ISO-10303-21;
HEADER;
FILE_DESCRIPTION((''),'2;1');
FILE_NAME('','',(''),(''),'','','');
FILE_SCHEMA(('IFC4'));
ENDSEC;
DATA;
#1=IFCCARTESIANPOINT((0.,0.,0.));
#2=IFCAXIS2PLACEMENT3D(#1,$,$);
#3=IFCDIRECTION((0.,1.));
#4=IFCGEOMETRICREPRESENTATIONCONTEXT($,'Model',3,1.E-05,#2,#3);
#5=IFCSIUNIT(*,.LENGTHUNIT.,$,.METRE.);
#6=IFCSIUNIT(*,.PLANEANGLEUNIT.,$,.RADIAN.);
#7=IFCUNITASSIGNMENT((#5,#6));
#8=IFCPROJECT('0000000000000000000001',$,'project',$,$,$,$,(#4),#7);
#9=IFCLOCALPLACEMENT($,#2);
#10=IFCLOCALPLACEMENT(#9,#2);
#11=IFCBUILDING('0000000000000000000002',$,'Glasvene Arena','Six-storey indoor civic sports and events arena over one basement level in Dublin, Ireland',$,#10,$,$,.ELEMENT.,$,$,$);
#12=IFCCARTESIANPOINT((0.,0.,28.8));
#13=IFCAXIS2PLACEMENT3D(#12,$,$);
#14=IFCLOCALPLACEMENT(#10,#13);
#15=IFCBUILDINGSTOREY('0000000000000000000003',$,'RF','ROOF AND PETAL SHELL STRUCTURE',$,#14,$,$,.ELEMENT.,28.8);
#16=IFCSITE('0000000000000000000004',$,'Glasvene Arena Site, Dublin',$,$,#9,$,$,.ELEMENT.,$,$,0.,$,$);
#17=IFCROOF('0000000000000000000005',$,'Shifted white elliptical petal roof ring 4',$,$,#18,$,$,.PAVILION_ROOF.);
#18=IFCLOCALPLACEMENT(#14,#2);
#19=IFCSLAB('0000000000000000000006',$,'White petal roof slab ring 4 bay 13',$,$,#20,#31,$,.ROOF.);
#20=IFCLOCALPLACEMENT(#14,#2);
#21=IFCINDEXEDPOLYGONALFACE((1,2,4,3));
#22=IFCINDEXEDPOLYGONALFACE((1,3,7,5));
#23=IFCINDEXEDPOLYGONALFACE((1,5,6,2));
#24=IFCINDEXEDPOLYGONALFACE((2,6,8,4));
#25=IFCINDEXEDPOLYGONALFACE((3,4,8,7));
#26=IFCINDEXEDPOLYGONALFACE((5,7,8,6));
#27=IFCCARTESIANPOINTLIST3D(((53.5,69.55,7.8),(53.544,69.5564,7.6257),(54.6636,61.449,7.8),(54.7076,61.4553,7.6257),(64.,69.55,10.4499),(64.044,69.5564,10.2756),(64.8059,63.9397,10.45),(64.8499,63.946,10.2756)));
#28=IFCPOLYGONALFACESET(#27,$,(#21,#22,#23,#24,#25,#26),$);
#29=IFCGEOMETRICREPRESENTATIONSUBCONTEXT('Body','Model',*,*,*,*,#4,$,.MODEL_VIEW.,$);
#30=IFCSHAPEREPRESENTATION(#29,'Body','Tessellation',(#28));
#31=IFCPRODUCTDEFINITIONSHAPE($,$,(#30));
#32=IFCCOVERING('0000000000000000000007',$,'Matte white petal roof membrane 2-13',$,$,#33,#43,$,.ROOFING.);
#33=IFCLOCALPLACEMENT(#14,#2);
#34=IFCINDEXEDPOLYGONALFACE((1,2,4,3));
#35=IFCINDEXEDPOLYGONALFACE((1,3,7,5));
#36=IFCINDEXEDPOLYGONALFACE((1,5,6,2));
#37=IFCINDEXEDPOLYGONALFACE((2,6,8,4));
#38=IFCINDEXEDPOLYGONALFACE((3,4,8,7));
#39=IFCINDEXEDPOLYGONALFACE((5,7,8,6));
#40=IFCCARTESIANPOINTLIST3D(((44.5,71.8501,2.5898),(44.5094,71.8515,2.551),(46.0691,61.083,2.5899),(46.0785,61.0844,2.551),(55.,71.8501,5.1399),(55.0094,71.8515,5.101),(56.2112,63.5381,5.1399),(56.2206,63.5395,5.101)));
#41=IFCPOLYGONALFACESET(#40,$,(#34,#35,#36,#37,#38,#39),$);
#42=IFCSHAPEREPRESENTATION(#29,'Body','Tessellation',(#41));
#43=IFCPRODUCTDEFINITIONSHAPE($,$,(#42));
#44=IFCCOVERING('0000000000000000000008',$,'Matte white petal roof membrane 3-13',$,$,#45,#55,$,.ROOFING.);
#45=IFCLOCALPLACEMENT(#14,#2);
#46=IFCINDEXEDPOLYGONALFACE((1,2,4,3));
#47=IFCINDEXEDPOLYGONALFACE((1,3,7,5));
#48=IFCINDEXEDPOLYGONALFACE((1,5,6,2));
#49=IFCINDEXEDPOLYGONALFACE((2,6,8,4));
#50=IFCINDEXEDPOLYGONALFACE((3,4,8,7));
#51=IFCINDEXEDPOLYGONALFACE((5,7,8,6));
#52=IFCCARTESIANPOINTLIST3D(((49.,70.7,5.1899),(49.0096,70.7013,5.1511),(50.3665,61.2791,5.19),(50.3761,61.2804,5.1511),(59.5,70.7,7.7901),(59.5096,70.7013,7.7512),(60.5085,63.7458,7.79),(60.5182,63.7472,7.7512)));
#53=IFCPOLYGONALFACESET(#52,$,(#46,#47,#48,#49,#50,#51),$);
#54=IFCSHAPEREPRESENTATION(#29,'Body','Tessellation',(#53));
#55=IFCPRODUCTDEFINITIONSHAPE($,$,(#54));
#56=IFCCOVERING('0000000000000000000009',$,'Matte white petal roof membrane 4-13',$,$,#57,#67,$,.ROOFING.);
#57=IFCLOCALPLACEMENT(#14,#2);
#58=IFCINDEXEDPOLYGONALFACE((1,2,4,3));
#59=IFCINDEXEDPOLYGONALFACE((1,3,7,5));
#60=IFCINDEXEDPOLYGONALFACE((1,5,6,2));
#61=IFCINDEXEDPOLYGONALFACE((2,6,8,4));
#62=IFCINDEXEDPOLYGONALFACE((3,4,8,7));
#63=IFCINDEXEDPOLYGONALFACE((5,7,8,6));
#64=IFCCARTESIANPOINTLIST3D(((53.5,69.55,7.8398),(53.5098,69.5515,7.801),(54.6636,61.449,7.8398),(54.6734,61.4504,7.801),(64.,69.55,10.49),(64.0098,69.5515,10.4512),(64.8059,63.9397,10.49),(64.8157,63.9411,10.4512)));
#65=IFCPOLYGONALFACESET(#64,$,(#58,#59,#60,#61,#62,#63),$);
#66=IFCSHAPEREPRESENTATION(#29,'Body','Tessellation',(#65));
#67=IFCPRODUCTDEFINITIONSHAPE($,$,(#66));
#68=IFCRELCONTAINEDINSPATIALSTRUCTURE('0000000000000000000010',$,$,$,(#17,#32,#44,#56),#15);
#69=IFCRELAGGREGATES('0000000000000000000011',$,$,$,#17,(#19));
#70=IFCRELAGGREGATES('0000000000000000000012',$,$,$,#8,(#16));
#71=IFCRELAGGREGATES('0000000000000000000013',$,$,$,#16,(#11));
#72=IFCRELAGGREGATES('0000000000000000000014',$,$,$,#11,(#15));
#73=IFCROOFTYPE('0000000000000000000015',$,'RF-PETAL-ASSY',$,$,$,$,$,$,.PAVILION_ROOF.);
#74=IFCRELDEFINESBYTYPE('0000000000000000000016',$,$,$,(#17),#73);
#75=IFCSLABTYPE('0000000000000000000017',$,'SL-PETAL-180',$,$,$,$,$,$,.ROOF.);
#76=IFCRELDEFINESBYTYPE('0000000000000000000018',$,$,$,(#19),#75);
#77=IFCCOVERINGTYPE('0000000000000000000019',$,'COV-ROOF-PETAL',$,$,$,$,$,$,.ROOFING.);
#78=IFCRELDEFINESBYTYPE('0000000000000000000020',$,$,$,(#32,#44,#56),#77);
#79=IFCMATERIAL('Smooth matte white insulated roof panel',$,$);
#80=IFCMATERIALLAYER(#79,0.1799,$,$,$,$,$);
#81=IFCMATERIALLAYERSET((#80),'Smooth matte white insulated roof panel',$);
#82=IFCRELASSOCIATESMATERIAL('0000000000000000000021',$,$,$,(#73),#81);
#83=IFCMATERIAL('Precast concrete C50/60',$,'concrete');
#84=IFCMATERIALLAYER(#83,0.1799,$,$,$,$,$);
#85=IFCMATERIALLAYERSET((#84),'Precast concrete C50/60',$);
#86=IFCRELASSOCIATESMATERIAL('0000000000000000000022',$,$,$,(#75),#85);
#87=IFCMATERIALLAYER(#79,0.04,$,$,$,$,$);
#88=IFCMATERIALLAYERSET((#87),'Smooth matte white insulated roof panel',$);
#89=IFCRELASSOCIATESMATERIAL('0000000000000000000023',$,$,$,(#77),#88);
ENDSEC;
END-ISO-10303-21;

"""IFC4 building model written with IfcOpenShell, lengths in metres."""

from ifc_helpers import new_model, si_unit, direction, frame, origin, place, context, subcontext, project, spatial, polyline, outline, extrude, material, layer, layer_set, type_object, element, aggregate, save


model = new_model("IFC4")

# Units and contexts
model_context = context("Model", 3, precision=1e-05, world=origin(), true_north=direction((0.0, 1.0)))
body_context = subcontext(model_context, "Body", "Model", "MODEL_VIEW")
ifc_project = project(units=[si_unit("LENGTHUNIT", "METRE"), si_unit("PLANEANGLEUNIT", "RADIAN")], contexts=[model_context])

# Site, building, storey
site_placement = place(None, origin())
site = spatial("IfcSite", under=ifc_project, at=site_placement, Name="Glasvene Arena Site, Dublin", CompositionType="ELEMENT", RefElevation=0.0)
building_placement = place(site_placement, origin())
building = spatial("IfcBuilding", under=site, at=building_placement, Name="Glasvene Arena", Description="Six-storey indoor civic sports and events arena over one basement level in Dublin, Ireland", CompositionType="ELEMENT")
storey_placement = place(building_placement, frame((0.0, 0.0, 28.8)))
storey = spatial("IfcBuildingStorey", under=building, at=storey_placement, Name="RF", Description="ROOF AND PETAL SHELL STRUCTURE", CompositionType="ELEMENT", Elevation=28.8)

# Roof, slab
ifc_material_1 = material(Name="Smooth matte white insulated roof panel")
ifc_layer_1 = layer(ifc_material_1, 0.1799)
ifc_layer_set_1 = layer_set([ifc_layer_1], Name="Smooth matte white insulated roof panel")
roof_type = type_object("IfcRoofType", Name="RF-PETAL-ASSY", PredefinedType="PAVILION_ROOF", material=ifc_layer_set_1)
ifc_material_2 = material(Name="Precast concrete C50/60", Category="concrete")
ifc_layer_2 = layer(ifc_material_2, 0.1799)
ifc_layer_set_2 = layer_set([ifc_layer_2], Name="Precast concrete C50/60")
slab_type = type_object("IfcSlabType", Name="SL-PETAL-180", PredefinedType="ROOF", material=ifc_layer_set_2)
roof_1_placement = place(storey_placement, frame((87.6499, 69.55, 7.8)))
roof_1 = element("IfcRoof", 1, at=roof_1_placement, inside=storey, type_object=roof_type, Name="Shifted white elliptical petal roof ring 4", PredefinedType="PAVILION_ROOF")
slab_1_placement = place(storey_placement, frame((53.5, 69.55, 7.8), z_axis=(-0.244547, -0.035126, 0.969001), x_axis=(0.142173, -0.989842, -0.000001)))
slab_1 = element("IfcSlab", 2, at=slab_1_placement, type_object=slab_type, Name="White petal roof slab ring 4 bay 13", PredefinedType="ROOF", context=body_context, shape_type="SweptSolid", body=[
    extrude(outline(polyline([(0.0, 0.0), (8.1842, 0.0), (7.1608, 10.7259), (1.4928, 10.7258), (0.0, 0.0)])), origin(), (0.0, 0.0, -1.0), 0.1799),
])
aggregate(roof_1, [slab_1])

# Coverings
ifc_layer_3 = layer(ifc_material_1, 0.04)
ifc_layer_set_3 = layer_set([ifc_layer_3], Name="Smooth matte white insulated roof panel")
covering_type = type_object("IfcCoveringType", Name="COV-ROOF-PETAL", PredefinedType="ROOFING", material=ifc_layer_set_3)
covering_1_placement = place(storey_placement, frame((44.5, 71.8501, 2.5898), z_axis=(-0.235864, -0.034371, 0.971178), x_axis=(0.144207, -0.989548, 0.000002)))
element("IfcCovering", 3, at=covering_1_placement, inside=storey, type_object=covering_type, Name="Matte white petal roof membrane 2-13", PredefinedType="ROOFING", context=body_context, shape_type="SweptSolid", body=[
    extrude(outline(polyline([(0.0, 0.0), (10.8808, 0.0), (9.914, 10.6985), (1.5142, 10.6986), (0.0, 0.0)])), origin(), (0.0, 0.0, -1.0), 0.04),
])
covering_2_placement = place(storey_placement, frame((49.0, 70.7, 5.1899), z_axis=(-0.240224, -0.034842, 0.970092), x_axis=(0.143543, -0.989644, 0.000002)))
element("IfcCovering", 4, at=covering_2_placement, inside=storey, type_object=covering_type, Name="Matte white petal roof membrane 3-13", PredefinedType="ROOFING", context=body_context, shape_type="SweptSolid", body=[
    extrude(outline(polyline([(0.0, 0.0), (9.5195, 0.0), (8.5341, 10.7115), (1.5072, 10.7116), (0.0, 0.0)])), origin(), (0.0, 0.0, -1.0), 0.04),
])
covering_3_placement = place(storey_placement, frame((53.5, 69.55, 7.8398), z_axis=(-0.244568, -0.035129, 0.968995), x_axis=(0.142173, -0.989842, -0.000001)))
element("IfcCovering", 5, at=covering_3_placement, inside=storey, type_object=covering_type, Name="Matte white petal roof membrane 4-13", PredefinedType="ROOFING", context=body_context, shape_type="SweptSolid", body=[
    extrude(outline(polyline([(0.0, 0.0), (8.1842, 0.0), (7.1608, 10.726), (1.4928, 10.7259), (0.0, 0.0)])), origin(), (0.0, 0.0, -1.0), 0.04),
])

save(model, "model.ifc")
